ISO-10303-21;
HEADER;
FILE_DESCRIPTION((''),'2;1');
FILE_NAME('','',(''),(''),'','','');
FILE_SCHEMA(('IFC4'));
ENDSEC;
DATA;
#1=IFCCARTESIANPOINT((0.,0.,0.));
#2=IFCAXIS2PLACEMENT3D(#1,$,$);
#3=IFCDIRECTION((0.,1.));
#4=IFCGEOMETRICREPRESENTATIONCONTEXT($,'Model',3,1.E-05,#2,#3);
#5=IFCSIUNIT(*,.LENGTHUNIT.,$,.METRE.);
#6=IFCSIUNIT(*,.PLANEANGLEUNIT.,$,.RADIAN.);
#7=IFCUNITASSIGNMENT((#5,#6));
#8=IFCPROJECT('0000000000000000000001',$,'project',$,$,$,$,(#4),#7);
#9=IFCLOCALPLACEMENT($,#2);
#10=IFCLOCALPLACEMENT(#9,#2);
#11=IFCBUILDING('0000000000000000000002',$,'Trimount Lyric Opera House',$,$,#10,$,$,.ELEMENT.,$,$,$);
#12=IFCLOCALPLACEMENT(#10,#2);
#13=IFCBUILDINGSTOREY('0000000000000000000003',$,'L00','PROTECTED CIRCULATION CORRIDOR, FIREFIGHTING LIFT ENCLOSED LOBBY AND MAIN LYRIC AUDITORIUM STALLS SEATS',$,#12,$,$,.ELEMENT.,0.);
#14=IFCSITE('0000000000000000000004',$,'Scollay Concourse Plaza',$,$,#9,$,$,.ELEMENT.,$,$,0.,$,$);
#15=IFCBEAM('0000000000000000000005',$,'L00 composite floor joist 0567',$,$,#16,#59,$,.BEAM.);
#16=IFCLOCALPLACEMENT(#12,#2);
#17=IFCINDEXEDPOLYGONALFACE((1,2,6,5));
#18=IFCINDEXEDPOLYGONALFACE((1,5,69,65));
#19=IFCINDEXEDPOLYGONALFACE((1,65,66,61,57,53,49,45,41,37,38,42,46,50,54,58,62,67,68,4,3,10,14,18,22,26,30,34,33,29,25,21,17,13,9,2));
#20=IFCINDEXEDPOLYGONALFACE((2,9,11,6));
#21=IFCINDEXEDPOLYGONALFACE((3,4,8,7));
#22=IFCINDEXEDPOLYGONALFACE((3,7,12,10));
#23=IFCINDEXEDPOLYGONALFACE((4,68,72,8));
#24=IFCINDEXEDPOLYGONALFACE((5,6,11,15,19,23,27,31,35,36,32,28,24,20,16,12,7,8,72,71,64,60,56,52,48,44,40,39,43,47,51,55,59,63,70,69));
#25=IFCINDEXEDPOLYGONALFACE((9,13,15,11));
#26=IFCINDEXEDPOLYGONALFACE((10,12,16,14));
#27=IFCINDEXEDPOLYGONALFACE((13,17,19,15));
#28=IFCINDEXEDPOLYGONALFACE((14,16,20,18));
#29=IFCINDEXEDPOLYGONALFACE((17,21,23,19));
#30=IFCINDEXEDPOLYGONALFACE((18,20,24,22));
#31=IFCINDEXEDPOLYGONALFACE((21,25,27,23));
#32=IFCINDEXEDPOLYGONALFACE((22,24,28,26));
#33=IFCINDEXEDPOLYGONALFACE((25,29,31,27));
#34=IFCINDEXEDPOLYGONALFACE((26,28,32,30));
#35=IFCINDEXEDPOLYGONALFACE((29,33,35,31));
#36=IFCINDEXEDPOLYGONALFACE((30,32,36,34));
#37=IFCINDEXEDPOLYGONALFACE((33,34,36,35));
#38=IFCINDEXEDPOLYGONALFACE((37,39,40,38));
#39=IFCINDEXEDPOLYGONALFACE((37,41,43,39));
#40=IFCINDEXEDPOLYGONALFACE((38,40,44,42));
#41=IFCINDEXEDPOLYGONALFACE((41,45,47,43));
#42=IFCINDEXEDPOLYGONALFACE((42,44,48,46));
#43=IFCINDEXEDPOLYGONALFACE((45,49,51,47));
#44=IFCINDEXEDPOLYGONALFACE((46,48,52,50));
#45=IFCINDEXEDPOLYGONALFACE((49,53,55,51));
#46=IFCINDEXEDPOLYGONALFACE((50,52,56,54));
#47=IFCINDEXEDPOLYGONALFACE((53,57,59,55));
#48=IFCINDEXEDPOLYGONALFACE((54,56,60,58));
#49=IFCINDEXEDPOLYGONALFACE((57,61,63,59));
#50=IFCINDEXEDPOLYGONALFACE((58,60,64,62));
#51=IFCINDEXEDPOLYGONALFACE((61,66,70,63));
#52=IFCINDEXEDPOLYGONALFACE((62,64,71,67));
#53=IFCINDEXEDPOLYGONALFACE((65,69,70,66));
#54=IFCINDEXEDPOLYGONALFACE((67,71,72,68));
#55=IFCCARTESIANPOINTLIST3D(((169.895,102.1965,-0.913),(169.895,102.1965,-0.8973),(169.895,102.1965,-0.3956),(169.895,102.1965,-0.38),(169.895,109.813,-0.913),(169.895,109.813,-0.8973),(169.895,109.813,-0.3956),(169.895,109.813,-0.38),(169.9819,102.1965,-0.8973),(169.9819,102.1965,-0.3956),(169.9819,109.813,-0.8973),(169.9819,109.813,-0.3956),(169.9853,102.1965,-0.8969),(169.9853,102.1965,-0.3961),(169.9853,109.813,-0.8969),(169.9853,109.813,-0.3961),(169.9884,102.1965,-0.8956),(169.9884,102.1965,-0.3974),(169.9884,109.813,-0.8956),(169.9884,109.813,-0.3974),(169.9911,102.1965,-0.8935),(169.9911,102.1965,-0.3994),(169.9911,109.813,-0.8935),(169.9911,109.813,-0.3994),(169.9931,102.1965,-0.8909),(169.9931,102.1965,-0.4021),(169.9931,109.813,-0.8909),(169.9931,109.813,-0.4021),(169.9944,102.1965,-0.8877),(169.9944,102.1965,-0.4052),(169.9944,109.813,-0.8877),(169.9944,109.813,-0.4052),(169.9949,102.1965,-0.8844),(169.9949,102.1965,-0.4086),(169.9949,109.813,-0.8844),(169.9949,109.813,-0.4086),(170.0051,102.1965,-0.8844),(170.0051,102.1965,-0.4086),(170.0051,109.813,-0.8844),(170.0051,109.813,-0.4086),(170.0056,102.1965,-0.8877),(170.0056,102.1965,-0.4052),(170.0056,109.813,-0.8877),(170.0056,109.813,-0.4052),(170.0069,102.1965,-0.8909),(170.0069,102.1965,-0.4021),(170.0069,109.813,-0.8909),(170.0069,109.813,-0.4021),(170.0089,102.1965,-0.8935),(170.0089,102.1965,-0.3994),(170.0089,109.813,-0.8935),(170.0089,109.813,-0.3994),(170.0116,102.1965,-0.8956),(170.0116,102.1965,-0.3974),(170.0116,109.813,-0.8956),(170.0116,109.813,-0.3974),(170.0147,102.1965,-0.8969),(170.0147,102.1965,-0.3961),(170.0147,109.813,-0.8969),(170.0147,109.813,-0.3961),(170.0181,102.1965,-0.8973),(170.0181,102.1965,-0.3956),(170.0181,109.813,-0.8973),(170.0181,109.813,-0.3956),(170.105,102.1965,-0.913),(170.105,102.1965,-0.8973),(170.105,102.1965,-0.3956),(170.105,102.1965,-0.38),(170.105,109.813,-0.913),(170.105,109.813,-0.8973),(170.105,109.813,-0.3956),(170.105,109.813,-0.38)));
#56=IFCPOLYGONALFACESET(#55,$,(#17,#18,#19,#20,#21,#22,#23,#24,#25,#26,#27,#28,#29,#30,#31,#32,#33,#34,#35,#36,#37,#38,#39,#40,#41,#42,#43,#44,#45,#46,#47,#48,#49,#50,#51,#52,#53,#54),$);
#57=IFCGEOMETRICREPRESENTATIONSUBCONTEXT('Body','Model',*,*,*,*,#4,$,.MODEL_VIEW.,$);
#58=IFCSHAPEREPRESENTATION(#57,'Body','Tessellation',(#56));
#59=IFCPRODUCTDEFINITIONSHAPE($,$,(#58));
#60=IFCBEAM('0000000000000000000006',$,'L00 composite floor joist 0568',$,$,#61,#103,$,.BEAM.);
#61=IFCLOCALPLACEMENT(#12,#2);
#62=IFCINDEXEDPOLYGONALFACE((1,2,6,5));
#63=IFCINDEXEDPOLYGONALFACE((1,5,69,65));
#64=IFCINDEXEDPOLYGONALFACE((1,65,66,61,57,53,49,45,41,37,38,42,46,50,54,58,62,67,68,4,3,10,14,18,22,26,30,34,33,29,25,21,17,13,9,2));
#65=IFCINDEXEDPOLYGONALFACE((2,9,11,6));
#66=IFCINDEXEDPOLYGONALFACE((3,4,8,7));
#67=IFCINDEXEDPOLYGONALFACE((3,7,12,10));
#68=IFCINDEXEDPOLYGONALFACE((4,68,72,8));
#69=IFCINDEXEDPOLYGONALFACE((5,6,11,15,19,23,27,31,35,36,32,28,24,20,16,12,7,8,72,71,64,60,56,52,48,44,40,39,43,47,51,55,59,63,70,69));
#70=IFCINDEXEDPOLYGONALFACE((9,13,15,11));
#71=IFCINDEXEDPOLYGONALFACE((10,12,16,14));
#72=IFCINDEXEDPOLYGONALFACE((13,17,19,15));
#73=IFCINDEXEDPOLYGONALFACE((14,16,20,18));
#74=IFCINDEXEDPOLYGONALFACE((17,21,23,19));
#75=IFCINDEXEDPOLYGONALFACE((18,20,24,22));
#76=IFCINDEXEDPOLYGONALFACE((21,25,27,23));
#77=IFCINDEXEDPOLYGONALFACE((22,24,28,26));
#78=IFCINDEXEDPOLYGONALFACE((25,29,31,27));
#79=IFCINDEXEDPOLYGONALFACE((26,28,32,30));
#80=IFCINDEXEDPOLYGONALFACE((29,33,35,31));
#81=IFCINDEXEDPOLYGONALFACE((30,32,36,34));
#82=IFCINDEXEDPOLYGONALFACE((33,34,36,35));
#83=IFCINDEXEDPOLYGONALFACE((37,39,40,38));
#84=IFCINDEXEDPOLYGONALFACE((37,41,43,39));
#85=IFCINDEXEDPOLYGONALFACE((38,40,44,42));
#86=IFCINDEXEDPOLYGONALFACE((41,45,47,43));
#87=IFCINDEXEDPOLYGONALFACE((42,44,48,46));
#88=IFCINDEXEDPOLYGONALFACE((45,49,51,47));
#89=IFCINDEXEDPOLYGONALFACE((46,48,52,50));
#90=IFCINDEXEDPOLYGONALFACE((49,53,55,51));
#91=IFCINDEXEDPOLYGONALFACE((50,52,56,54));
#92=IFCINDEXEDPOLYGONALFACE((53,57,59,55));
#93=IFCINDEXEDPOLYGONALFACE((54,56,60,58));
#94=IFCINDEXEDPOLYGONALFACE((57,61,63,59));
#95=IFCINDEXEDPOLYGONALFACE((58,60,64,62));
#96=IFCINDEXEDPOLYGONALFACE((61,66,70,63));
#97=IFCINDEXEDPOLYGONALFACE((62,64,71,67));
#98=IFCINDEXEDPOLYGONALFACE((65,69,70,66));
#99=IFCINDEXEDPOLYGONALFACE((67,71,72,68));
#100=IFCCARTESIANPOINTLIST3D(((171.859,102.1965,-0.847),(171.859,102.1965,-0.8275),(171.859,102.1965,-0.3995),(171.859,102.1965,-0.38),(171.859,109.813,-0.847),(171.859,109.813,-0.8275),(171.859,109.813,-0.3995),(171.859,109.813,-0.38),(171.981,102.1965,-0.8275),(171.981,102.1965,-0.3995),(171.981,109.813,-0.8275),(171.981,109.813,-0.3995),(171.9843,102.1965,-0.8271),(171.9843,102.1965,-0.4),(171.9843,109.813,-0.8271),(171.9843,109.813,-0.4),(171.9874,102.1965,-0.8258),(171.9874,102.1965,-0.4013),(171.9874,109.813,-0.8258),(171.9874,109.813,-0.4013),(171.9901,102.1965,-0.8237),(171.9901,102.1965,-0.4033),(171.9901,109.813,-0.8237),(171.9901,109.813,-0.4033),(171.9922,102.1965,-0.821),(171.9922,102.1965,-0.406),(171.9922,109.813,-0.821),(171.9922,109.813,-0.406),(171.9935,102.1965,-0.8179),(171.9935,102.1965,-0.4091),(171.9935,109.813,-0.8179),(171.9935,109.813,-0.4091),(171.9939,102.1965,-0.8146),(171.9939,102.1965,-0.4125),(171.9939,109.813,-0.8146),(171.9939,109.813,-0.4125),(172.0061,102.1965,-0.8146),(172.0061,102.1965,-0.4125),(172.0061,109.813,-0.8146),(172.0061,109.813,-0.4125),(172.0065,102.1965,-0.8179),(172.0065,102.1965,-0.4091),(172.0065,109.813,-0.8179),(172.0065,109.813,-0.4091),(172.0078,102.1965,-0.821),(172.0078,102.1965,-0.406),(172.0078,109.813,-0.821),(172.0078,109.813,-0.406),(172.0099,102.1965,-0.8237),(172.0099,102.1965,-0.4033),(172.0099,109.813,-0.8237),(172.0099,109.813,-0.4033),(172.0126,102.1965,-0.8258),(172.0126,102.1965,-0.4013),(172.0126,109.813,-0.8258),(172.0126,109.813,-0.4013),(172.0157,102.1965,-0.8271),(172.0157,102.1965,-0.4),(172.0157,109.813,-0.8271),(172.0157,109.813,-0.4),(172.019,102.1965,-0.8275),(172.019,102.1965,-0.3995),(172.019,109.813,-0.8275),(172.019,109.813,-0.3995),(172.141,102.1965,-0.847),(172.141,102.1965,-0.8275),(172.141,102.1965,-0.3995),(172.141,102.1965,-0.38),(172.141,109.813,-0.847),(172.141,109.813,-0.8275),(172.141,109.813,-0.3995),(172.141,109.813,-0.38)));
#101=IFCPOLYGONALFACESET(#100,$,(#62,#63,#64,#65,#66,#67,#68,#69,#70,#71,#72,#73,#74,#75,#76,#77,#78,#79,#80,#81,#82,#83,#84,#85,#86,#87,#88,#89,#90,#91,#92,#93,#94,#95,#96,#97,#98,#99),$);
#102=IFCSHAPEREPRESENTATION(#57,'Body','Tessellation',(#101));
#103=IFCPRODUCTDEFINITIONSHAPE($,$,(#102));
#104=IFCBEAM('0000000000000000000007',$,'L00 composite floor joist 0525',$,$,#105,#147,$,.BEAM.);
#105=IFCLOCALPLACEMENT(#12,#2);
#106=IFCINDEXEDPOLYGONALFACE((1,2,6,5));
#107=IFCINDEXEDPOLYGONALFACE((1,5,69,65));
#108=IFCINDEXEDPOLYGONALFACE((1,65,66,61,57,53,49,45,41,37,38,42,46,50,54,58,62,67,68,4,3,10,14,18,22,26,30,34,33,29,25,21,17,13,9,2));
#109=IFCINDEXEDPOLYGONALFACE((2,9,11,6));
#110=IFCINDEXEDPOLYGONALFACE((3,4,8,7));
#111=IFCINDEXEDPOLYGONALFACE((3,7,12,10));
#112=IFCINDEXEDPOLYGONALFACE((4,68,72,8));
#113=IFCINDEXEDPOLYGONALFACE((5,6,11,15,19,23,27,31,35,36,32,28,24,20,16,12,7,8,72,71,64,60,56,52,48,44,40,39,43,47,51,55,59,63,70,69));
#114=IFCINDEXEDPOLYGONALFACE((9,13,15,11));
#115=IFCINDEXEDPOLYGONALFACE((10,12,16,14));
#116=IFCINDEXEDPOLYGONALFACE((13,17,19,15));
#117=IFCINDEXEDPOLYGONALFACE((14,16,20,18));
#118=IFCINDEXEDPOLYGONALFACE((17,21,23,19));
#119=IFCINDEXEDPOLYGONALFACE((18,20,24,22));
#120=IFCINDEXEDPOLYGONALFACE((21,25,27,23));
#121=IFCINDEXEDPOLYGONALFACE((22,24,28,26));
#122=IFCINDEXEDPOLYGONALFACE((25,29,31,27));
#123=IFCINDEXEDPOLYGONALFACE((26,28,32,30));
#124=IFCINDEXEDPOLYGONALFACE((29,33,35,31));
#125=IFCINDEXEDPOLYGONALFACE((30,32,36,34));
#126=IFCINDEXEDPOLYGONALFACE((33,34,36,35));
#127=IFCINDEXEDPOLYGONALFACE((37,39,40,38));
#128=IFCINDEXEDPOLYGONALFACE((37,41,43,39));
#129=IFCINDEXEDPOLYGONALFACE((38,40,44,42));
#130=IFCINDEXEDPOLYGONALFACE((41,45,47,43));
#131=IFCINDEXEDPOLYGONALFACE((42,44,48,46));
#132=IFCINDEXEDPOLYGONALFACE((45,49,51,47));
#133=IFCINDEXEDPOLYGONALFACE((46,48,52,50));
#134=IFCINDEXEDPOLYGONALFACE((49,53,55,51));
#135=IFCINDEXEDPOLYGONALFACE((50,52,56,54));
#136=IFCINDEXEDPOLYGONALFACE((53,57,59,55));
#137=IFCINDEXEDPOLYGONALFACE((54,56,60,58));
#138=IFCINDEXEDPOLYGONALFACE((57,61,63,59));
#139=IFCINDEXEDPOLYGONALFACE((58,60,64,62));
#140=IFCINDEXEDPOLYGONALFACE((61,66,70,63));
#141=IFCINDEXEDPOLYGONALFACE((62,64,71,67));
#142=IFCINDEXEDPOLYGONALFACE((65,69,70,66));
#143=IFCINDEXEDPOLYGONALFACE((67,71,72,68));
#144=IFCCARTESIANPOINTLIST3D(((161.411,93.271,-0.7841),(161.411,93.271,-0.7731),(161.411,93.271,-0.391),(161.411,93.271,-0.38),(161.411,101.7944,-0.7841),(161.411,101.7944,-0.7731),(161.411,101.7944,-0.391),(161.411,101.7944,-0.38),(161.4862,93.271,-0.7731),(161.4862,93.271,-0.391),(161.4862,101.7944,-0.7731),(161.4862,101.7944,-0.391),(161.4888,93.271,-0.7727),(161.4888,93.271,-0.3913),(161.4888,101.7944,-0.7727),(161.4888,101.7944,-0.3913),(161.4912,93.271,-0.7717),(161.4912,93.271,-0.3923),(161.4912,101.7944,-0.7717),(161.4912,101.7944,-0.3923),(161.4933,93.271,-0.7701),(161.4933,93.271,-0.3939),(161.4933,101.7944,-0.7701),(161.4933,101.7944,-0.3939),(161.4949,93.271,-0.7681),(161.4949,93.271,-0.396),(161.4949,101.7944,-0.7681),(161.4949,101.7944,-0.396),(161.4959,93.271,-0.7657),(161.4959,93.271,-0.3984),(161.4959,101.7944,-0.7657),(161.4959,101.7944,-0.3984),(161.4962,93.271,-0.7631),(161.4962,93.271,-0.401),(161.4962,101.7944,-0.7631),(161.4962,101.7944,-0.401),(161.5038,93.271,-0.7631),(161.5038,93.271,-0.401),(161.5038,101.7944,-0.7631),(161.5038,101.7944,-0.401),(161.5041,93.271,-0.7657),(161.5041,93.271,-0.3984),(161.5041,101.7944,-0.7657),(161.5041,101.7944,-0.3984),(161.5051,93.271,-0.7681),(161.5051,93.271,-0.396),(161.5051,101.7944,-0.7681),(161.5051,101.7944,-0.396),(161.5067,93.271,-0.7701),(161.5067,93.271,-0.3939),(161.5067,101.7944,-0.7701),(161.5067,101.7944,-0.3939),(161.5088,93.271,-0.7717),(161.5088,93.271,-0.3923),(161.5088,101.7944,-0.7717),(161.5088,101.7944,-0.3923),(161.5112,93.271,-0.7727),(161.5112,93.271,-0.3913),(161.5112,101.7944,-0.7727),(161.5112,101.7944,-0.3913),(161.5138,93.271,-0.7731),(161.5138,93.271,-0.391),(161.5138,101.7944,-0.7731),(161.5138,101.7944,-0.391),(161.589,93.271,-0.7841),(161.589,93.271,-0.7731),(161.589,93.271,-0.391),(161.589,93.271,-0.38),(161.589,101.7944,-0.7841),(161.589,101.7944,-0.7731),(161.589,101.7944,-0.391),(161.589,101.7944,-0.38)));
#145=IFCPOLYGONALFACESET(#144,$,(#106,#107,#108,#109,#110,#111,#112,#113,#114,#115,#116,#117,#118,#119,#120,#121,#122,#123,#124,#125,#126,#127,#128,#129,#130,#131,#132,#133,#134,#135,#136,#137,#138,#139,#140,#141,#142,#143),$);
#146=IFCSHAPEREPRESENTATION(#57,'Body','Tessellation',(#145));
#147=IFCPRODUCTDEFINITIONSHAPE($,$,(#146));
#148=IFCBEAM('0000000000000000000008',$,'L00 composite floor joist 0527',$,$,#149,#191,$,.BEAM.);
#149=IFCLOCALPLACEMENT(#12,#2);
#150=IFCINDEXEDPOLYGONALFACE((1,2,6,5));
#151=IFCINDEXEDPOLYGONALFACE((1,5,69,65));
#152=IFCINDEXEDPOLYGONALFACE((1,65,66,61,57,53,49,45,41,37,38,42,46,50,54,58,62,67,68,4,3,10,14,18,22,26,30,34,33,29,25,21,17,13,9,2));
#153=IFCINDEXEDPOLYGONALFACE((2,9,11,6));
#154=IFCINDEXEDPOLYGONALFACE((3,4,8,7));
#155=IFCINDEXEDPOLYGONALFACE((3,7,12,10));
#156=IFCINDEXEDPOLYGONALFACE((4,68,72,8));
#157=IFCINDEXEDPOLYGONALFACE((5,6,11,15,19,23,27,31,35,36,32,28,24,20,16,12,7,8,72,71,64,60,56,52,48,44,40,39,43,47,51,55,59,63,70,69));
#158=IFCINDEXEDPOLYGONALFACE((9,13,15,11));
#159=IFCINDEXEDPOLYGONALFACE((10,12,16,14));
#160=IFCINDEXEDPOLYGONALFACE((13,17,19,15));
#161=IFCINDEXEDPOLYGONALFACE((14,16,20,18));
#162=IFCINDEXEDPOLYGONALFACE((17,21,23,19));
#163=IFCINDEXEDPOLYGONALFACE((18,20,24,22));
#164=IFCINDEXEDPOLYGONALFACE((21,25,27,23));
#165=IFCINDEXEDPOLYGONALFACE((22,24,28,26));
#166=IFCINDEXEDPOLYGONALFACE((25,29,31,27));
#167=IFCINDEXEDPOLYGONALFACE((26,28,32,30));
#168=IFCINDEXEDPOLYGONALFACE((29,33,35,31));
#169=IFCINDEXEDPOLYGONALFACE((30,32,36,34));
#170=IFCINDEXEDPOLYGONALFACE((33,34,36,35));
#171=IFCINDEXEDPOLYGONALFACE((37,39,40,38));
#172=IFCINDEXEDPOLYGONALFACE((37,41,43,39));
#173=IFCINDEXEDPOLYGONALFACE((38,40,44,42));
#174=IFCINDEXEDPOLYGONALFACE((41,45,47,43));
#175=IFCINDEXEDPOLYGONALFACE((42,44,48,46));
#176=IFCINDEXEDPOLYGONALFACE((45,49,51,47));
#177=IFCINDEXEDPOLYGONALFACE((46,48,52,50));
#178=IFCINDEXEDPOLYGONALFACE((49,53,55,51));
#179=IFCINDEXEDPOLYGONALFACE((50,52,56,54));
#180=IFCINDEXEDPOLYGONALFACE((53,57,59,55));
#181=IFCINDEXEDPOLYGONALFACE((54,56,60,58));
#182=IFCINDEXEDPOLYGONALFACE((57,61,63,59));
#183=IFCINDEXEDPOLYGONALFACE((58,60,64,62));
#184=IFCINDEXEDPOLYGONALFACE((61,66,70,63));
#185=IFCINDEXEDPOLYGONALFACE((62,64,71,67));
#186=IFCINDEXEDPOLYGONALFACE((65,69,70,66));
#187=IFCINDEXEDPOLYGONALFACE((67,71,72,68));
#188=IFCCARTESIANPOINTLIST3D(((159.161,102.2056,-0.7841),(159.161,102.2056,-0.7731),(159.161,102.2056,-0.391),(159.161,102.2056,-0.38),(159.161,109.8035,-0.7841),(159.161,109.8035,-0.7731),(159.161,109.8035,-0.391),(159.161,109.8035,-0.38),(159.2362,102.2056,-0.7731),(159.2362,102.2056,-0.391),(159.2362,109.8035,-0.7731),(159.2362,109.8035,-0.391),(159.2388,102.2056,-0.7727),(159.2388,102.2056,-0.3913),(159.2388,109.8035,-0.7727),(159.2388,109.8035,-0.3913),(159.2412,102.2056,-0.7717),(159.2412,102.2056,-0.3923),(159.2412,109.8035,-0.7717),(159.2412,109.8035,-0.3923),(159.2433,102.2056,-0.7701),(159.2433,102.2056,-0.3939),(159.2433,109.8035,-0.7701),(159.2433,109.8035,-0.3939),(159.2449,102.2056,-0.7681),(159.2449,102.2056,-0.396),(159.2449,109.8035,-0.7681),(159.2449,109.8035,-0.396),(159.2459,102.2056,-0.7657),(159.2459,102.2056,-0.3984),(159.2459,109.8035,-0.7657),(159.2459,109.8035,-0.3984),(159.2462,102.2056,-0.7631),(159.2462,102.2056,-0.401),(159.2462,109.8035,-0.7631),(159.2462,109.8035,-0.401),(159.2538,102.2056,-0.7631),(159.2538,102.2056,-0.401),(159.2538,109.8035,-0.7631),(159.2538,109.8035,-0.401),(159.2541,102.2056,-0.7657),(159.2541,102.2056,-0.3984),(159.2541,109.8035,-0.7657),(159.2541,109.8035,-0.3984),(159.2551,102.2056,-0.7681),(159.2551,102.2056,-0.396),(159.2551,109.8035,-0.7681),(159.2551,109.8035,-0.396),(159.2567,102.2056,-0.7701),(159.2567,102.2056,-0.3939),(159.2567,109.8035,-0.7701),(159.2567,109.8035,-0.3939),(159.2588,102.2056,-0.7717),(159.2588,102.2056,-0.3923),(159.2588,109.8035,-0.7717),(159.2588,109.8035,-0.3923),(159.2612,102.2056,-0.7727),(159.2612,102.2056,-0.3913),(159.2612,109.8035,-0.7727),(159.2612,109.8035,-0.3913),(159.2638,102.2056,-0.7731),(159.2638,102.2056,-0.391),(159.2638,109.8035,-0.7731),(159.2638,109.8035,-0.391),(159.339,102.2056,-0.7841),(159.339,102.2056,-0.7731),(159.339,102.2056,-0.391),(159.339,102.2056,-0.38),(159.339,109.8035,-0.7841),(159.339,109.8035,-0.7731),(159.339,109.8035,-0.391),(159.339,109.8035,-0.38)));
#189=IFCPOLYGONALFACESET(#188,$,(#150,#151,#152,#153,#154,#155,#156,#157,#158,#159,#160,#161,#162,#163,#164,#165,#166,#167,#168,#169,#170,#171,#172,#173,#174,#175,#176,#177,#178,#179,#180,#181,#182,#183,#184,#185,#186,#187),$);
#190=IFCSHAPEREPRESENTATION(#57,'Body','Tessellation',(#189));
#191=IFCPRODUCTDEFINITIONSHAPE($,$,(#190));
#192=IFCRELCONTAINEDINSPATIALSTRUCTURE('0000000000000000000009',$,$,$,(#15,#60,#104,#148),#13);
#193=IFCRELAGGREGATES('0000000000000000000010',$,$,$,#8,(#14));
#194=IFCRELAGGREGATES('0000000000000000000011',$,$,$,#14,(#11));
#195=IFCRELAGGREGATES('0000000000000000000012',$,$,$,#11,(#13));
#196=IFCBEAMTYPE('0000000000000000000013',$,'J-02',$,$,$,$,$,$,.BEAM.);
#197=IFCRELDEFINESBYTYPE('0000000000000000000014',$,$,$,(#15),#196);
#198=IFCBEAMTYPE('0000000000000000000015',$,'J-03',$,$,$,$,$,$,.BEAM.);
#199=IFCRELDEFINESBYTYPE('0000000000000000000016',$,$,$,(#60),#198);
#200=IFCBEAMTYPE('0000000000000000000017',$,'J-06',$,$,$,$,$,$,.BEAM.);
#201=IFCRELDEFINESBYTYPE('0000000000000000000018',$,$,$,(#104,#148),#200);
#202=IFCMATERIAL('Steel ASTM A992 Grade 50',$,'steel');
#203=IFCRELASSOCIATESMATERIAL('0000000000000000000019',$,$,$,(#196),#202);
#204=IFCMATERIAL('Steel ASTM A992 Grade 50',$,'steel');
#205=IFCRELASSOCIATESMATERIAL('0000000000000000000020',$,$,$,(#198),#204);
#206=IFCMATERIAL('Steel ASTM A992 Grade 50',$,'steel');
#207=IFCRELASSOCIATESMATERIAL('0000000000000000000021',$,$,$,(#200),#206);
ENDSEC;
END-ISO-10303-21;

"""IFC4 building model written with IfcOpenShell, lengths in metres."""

from ifc_helpers import new_model, si_unit, direction, frame, origin, origin_2d, place, context, subcontext, project, spatial, i_section, extrude, material, material_profile, profile_set, type_object, element, save


model = new_model("IFC4")

# Units and contexts
model_context = context("Model", 3, precision=1e-05, world=origin(), true_north=direction((0.0, 1.0)))
body_context = subcontext(model_context, "Body", "Model", "MODEL_VIEW")
ifc_project = project(units=[si_unit("LENGTHUNIT", "METRE"), si_unit("PLANEANGLEUNIT", "RADIAN")], contexts=[model_context])

# Site, building, storey
site_placement = place(None, origin())
site = spatial("IfcSite", under=ifc_project, at=site_placement, Name="Scollay Concourse Plaza", CompositionType="ELEMENT", RefElevation=0.0)
building_placement = place(site_placement, origin())
building = spatial("IfcBuilding", under=site, at=building_placement, Name="Trimount Lyric Opera House", CompositionType="ELEMENT")
storey_placement = place(building_placement, origin())
storey = spatial("IfcBuildingStorey", under=building, at=storey_placement, Name="L00", Description="PROTECTED CIRCULATION CORRIDOR, FIREFIGHTING LIFT ENCLOSED LOBBY AND MAIN LYRIC AUDITORIUM STALLS SEATS", CompositionType="ELEMENT", Elevation=0.0)

# Beams
ifc_material_1 = material(Name="Steel ASTM A992 Grade 50", Category="steel")
ifc_material_profile_1 = material_profile(ifc_material_1, i_section(OverallWidth=0.21, OverallDepth=0.533, WebThickness=0.0103, FlangeThickness=0.0156, FilletRadius=0.0129, at=origin_2d()), Name="W21X62")
ifc_profile_set_1 = profile_set([ifc_material_profile_1], Name="Steel ASTM A992 Grade 50")
beam_type_1 = type_object("IfcBeamType", Name="J-02", PredefinedType="BEAM", material=ifc_profile_set_1)
beam_1_placement = place(storey_placement, frame((170.0, 102.1965, -0.6465), z_axis=(0.0, 1.0, 0.0), x_axis=(-1.0, 0.0, 0.0)))
element("IfcBeam", 1, at=beam_1_placement, inside=storey, type_object=beam_type_1, Name="L00 composite floor joist 0567", PredefinedType="BEAM", context=body_context, shape_type="SweptSolid", body=[
    extrude(i_section(OverallWidth=0.21, OverallDepth=0.533, WebThickness=0.0103, FlangeThickness=0.0156, FilletRadius=0.0129, at=origin_2d()), origin(), (0.0, 0.0, 1.0), 7.6165),
])
ifc_material_2 = material(Name="Steel ASTM A992 Grade 50", Category="steel")
ifc_material_profile_2 = material_profile(ifc_material_2, i_section(OverallWidth=0.282, OverallDepth=0.467, WebThickness=0.0122, FlangeThickness=0.0195, FilletRadius=0.0129, at=origin_2d()), Name="W18X86")
ifc_profile_set_2 = profile_set([ifc_material_profile_2], Name="Steel ASTM A992 Grade 50")
beam_type_2 = type_object("IfcBeamType", Name="J-03", PredefinedType="BEAM", material=ifc_profile_set_2)
beam_2_placement = place(storey_placement, frame((172.0, 102.1965, -0.6135), z_axis=(0.0, 1.0, 0.0), x_axis=(-1.0, 0.0, 0.0)))
element("IfcBeam", 2, at=beam_2_placement, inside=storey, type_object=beam_type_2, Name="L00 composite floor joist 0568", PredefinedType="BEAM", context=body_context, shape_type="SweptSolid", body=[
    extrude(i_section(OverallWidth=0.282, OverallDepth=0.467, WebThickness=0.0122, FlangeThickness=0.0195, FilletRadius=0.0129, at=origin_2d()), origin(), (0.0, 0.0, 1.0), 7.6165),
])
ifc_material_3 = material(Name="Steel ASTM A992 Grade 50", Category="steel")
ifc_material_profile_3 = material_profile(ifc_material_3, i_section(OverallWidth=0.178, OverallDepth=0.4041, WebThickness=0.0076, FlangeThickness=0.011, FilletRadius=0.01, at=origin_2d()), Name="W16X36")
ifc_profile_set_3 = profile_set([ifc_material_profile_3], Name="Steel ASTM A992 Grade 50")
beam_type_3 = type_object("IfcBeamType", Name="J-06", PredefinedType="BEAM", material=ifc_profile_set_3)
beam_3_placement = place(storey_placement, frame((161.5, 93.271, -0.582), z_axis=(0.0, 1.0, 0.0), x_axis=(-1.0, 0.0, 0.0)))
element("IfcBeam", 3, at=beam_3_placement, inside=storey, type_object=beam_type_3, Name="L00 composite floor joist 0525", PredefinedType="BEAM", context=body_context, shape_type="SweptSolid", body=[
    extrude(i_section(OverallWidth=0.178, OverallDepth=0.4041, WebThickness=0.0076, FlangeThickness=0.011, FilletRadius=0.01, at=origin_2d()), origin(), (0.0, 0.0, 1.0), 8.5234),
])
beam_4_placement = place(storey_placement, frame((159.25, 102.2056, -0.582), z_axis=(0.0, 1.0, 0.0), x_axis=(-1.0, 0.0, 0.0)))
element("IfcBeam", 4, at=beam_4_placement, inside=storey, type_object=beam_type_3, Name="L00 composite floor joist 0527", PredefinedType="BEAM", context=body_context, shape_type="SweptSolid", body=[
    extrude(i_section(OverallWidth=0.178, OverallDepth=0.4041, WebThickness=0.0076, FlangeThickness=0.011, FilletRadius=0.01, at=origin_2d()), origin(), (0.0, 0.0, 1.0), 7.5979),
])

save(model, "model.ifc")
